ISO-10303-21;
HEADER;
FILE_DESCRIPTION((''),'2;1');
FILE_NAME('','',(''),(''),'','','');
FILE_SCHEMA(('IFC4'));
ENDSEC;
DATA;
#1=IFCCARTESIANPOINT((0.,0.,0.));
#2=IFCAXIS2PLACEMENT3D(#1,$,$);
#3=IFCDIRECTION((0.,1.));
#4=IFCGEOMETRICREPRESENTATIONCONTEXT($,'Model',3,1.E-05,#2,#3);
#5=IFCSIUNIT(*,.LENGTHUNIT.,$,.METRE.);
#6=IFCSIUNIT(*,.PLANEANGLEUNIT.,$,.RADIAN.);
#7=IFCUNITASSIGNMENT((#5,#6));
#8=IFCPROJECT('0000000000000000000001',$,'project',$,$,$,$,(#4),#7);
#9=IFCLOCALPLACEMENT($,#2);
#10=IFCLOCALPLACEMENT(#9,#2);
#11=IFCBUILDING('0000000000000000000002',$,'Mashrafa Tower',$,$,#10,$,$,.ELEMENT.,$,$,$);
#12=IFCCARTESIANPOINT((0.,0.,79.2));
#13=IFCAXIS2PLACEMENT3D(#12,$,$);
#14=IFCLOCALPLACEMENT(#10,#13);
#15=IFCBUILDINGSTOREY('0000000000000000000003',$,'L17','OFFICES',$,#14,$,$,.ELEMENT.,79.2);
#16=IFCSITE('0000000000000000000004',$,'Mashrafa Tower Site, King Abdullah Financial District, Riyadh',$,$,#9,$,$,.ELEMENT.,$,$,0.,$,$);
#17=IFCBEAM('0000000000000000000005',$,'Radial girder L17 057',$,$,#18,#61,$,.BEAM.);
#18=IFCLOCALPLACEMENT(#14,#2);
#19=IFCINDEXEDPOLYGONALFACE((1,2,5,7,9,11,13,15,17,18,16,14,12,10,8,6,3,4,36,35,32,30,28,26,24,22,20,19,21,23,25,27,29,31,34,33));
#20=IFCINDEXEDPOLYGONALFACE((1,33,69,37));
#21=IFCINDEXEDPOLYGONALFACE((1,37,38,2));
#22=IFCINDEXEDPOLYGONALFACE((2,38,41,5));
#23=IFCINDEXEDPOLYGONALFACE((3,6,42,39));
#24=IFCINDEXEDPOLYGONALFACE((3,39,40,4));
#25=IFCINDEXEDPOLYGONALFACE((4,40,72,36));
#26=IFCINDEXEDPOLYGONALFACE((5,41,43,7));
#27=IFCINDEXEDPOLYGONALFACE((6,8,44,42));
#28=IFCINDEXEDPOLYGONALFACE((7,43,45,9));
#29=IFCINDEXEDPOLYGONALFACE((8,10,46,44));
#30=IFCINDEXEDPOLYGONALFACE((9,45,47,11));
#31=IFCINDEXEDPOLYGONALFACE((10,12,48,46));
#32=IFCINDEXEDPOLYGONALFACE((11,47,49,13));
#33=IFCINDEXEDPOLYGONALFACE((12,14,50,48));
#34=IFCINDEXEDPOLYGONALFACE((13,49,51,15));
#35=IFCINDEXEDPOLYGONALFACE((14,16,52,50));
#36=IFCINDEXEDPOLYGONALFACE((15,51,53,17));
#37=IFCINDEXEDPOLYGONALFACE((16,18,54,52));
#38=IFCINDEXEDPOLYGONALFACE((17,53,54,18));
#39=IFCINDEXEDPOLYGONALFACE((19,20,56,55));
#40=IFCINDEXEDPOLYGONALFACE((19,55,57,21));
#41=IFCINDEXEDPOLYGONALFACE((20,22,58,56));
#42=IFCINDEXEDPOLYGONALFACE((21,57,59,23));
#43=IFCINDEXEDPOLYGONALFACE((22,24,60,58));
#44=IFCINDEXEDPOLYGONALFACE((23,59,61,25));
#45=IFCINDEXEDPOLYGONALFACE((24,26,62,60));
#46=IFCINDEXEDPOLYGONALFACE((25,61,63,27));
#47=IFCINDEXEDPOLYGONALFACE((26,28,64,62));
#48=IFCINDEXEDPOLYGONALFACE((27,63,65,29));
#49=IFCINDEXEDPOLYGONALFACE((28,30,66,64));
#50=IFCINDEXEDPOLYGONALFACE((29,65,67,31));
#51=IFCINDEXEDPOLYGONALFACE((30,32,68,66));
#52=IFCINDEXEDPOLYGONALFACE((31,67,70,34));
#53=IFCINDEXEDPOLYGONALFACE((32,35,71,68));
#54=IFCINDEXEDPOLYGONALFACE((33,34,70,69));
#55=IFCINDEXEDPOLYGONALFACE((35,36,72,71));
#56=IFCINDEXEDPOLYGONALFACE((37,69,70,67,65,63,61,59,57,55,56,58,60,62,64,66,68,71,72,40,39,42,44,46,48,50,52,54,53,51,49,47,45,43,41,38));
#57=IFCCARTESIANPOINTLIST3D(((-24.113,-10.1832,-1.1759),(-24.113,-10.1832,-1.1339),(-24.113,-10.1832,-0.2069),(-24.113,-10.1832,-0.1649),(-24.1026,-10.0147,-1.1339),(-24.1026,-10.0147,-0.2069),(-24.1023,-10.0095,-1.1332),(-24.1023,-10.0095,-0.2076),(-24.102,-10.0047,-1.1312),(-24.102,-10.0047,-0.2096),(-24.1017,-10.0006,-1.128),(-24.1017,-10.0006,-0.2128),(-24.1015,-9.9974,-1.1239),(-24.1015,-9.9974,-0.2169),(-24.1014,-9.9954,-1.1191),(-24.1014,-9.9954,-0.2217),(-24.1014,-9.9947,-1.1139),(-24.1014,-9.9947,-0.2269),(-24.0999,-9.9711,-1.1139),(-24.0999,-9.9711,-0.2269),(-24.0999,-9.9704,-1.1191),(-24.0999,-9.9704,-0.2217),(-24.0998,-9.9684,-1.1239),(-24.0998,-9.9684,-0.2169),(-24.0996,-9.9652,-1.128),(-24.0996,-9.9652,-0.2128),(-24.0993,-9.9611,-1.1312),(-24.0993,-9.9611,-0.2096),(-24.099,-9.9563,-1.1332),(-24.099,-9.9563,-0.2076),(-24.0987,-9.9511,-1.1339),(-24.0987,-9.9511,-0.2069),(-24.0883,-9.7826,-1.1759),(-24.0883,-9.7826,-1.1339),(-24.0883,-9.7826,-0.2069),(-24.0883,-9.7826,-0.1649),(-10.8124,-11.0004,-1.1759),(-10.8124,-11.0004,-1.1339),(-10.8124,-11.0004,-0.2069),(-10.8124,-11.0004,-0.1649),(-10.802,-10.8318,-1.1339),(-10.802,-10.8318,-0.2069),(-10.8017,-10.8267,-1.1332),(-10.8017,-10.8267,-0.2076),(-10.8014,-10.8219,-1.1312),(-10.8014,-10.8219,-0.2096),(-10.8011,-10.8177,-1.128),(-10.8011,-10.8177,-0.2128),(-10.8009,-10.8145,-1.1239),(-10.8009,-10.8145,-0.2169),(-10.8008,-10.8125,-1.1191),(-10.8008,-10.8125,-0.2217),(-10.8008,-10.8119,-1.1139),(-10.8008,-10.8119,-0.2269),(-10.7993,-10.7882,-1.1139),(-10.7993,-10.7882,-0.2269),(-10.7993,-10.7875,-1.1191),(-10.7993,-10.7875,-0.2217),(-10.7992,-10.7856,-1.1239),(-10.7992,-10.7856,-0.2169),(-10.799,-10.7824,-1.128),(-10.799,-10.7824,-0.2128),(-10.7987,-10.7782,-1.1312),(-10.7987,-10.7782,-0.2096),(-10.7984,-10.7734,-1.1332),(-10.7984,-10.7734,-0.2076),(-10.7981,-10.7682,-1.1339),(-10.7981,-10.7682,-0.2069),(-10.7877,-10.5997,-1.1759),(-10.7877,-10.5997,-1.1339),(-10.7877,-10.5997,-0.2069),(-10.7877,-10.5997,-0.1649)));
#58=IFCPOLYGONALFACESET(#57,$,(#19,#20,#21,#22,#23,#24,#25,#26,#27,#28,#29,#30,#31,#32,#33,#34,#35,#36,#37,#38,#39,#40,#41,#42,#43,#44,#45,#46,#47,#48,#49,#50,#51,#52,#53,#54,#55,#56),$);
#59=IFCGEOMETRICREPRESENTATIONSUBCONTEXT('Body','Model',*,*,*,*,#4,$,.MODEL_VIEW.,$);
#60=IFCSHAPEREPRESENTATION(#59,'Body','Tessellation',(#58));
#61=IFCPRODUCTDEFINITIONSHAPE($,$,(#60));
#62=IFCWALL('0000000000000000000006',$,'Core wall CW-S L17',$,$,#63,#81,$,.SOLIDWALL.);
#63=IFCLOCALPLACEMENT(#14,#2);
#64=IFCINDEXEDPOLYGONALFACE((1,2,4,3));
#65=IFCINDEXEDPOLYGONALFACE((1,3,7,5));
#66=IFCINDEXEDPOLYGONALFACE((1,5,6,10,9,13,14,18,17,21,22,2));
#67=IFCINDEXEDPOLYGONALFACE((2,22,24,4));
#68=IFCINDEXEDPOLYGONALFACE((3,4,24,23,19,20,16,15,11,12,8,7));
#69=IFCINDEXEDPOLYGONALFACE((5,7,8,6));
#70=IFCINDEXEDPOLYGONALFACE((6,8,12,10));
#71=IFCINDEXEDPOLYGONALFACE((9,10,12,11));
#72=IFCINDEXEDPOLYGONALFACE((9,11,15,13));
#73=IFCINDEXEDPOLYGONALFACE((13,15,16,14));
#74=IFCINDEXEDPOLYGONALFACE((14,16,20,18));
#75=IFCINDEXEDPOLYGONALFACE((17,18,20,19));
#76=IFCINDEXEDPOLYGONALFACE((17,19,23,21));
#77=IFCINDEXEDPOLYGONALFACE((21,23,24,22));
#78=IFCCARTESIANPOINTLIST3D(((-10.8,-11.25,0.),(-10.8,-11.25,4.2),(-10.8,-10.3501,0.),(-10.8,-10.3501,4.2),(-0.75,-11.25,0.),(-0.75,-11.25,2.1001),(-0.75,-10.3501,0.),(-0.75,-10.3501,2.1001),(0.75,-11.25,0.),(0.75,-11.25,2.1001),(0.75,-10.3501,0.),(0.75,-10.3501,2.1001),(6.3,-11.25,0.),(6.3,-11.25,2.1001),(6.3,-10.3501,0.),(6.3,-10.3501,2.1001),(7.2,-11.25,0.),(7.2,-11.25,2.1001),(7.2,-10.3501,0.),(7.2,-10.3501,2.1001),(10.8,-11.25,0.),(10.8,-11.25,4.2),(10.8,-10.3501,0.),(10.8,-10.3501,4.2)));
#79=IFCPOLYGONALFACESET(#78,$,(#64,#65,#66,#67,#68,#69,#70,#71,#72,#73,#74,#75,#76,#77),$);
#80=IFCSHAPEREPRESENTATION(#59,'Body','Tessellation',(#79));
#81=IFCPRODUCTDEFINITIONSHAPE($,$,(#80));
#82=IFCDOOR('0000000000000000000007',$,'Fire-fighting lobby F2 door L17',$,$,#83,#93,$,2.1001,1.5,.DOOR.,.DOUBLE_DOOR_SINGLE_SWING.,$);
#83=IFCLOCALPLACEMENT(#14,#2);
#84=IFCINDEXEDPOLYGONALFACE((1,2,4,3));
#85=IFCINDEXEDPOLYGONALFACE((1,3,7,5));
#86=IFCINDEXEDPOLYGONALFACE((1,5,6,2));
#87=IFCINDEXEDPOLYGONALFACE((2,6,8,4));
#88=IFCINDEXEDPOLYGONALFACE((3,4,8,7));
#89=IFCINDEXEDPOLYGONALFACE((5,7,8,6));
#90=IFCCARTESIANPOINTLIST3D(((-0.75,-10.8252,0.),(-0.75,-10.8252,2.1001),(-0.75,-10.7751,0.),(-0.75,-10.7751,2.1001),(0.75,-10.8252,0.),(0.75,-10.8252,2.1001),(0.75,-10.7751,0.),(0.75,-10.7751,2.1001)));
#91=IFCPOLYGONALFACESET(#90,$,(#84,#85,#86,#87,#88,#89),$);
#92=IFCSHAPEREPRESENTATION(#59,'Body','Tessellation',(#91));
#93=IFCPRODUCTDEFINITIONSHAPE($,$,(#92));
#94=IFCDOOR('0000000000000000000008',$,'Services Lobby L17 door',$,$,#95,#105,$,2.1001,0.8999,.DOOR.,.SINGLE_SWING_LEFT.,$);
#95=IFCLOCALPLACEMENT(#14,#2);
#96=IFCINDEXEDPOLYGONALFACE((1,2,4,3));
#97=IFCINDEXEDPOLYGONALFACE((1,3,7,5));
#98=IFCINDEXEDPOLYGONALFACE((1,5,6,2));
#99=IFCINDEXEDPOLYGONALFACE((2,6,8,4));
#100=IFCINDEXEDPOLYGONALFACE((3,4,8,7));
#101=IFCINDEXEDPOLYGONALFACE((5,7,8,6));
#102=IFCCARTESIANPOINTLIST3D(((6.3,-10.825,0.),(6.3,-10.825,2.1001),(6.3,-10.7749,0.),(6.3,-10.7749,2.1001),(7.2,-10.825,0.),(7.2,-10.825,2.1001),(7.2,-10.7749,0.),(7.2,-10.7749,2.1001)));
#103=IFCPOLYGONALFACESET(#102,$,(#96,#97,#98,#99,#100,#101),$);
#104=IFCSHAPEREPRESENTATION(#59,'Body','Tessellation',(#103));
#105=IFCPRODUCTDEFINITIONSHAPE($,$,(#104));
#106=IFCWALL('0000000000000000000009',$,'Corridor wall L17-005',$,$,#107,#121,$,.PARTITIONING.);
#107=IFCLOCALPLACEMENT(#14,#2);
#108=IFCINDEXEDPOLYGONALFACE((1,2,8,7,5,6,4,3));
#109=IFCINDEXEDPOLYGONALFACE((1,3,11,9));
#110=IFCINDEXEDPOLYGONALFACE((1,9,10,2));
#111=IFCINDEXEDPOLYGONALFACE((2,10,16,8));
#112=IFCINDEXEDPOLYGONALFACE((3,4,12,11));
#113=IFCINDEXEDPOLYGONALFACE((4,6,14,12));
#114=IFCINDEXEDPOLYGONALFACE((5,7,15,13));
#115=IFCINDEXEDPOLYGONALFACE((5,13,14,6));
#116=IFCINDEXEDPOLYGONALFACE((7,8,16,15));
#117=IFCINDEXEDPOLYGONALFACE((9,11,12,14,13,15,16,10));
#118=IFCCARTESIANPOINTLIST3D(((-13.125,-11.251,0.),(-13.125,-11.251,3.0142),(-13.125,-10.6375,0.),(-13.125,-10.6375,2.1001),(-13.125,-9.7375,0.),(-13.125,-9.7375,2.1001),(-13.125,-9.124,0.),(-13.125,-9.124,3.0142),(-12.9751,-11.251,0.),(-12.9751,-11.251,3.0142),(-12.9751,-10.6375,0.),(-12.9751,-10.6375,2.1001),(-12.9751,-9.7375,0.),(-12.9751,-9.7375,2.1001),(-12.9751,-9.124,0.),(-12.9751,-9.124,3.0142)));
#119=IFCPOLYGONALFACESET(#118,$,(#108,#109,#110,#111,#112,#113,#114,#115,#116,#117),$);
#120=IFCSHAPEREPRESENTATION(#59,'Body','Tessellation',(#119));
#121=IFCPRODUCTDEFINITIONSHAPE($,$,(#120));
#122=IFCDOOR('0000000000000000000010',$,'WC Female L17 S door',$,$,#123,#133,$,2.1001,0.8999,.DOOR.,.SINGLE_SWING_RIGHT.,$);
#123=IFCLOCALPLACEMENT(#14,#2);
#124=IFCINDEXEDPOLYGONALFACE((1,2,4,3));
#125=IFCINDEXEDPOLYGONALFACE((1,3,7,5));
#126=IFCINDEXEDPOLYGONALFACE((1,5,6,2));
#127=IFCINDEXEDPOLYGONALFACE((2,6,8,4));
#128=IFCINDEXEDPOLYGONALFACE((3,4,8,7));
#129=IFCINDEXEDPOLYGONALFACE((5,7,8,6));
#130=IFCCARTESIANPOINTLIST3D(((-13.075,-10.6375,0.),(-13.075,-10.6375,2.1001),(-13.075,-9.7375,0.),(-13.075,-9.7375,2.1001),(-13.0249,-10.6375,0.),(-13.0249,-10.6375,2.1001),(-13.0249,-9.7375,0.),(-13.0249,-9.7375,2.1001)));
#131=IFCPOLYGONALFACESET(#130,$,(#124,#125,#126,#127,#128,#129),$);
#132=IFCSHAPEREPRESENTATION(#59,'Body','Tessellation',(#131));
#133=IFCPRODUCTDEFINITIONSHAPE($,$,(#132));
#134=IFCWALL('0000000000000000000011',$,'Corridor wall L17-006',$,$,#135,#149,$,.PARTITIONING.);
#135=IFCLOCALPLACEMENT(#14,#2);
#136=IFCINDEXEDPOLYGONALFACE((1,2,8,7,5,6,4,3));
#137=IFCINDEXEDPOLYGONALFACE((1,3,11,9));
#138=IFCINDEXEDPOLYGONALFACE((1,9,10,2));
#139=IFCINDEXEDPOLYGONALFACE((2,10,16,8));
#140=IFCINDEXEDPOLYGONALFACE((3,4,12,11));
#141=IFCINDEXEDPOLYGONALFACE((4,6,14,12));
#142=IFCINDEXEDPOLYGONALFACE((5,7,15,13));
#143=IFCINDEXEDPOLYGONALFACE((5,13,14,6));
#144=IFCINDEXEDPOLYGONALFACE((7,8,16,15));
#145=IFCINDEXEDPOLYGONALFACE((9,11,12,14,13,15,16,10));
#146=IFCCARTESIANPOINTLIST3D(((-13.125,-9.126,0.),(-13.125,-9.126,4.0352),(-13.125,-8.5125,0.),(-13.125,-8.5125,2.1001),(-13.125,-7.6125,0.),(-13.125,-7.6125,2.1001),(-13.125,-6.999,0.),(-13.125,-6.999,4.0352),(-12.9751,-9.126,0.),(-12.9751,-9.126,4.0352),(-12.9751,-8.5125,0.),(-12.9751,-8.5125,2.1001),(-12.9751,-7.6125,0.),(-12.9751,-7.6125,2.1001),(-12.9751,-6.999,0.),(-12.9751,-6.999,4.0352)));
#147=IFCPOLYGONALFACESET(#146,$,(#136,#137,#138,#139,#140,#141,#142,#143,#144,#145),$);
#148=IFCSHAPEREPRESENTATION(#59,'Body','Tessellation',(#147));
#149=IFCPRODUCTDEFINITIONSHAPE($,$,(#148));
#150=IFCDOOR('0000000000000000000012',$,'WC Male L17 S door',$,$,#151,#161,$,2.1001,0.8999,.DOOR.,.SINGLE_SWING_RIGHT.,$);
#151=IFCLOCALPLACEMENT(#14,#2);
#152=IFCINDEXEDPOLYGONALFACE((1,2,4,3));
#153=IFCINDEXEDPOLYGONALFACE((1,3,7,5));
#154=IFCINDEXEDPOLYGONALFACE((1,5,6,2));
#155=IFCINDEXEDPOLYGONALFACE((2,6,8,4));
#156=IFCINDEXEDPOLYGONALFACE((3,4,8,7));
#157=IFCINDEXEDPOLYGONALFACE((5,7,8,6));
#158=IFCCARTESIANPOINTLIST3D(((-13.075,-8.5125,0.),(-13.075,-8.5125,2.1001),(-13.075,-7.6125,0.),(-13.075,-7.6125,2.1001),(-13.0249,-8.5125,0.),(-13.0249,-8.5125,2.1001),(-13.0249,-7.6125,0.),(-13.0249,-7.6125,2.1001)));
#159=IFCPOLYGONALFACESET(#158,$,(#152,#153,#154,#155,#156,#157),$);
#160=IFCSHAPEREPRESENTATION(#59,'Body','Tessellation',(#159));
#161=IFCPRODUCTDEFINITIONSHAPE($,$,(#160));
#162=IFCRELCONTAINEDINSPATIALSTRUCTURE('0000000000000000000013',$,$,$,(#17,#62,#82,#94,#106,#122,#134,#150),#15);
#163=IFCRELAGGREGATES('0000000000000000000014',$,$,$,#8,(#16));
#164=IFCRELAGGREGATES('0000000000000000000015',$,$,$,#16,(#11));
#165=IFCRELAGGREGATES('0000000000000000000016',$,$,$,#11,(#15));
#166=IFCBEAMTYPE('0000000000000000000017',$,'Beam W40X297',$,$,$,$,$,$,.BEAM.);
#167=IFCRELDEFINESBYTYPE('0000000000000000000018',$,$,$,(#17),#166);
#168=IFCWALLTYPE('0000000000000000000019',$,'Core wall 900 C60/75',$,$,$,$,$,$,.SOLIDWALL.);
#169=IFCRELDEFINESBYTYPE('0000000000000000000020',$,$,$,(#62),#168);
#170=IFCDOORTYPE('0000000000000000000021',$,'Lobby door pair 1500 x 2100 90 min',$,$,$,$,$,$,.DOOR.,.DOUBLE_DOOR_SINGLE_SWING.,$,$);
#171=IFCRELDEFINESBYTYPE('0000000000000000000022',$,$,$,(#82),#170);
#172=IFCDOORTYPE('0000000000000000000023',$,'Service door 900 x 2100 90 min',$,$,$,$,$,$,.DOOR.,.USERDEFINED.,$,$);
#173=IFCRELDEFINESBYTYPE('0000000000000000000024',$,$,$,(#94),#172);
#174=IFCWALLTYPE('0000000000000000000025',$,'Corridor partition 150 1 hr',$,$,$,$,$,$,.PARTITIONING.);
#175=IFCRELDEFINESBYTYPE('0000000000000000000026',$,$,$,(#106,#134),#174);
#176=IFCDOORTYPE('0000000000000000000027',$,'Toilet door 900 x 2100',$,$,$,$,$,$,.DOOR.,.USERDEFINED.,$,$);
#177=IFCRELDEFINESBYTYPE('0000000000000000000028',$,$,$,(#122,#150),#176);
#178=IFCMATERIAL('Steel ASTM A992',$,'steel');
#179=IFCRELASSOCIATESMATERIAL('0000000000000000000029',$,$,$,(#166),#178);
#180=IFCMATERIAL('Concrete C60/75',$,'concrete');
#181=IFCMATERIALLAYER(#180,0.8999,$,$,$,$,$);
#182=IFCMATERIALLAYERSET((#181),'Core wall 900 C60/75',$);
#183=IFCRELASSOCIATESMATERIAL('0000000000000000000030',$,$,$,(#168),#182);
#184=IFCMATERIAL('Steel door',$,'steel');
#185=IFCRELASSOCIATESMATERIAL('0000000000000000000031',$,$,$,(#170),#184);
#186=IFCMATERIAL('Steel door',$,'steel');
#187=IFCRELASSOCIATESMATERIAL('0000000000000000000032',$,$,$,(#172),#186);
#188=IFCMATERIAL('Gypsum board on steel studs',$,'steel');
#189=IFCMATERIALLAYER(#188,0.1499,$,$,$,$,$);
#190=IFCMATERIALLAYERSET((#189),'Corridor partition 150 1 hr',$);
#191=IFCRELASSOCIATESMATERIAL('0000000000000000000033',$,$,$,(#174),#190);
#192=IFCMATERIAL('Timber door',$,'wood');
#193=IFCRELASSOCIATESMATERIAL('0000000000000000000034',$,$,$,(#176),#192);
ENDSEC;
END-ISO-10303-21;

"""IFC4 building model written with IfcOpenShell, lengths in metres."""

from ifc_helpers import new_model, si_unit, direction, frame, frame_2d, origin, origin_2d, place, context, subcontext, project, spatial, rectangle, i_section, extrude, material, layer, layer_set, material_profile, profile_set, type_object, element, fill, save


model = new_model("IFC4")

# Units and contexts
model_context = context("Model", 3, precision=1e-05, world=origin(), true_north=direction((0.0, 1.0)))
body_context = subcontext(model_context, "Body", "Model", "MODEL_VIEW")
ifc_project = project(units=[si_unit("LENGTHUNIT", "METRE"), si_unit("PLANEANGLEUNIT", "RADIAN")], contexts=[model_context])

# Site, building, storey
site_placement = place(None, origin())
site = spatial("IfcSite", under=ifc_project, at=site_placement, Name="Mashrafa Tower Site, King Abdullah Financial District, Riyadh", CompositionType="ELEMENT", RefElevation=0.0)
building_placement = place(site_placement, origin())
building = spatial("IfcBuilding", under=site, at=building_placement, Name="Mashrafa Tower", CompositionType="ELEMENT")
storey_placement = place(building_placement, frame((0.0, 0.0, 79.2)))
storey = spatial("IfcBuildingStorey", under=building, at=storey_placement, Name="L17", Description="OFFICES", CompositionType="ELEMENT", Elevation=79.2)

# Beam
ifc_material_1 = material(Name="Steel ASTM A992", Category="steel")
ifc_material_profile_1 = material_profile(ifc_material_1, i_section(OverallWidth=0.4014, OverallDepth=1.011, WebThickness=0.0237, FlangeThickness=0.042, FilletRadius=0.02, at=origin_2d()), Name="W40X297")
ifc_profile_set_1 = profile_set([ifc_material_profile_1], Name="Steel ASTM A992")
beam_type_1 = type_object("IfcBeamType", Name="Beam W40X297", PredefinedType="BEAM", material=ifc_profile_set_1)
beam_1_placement = place(storey_placement, frame((-10.8, -10.8, -0.6704), z_axis=(-0.998118, 0.061321, 0.0), x_axis=(-0.061321, -0.998118, 0.0)))
element("IfcBeam", 1, at=beam_1_placement, inside=storey, type_object=beam_type_1, Name="Radial girder L17 057", PredefinedType="BEAM", context=body_context, shape_type="SweptSolid", body=[
    extrude(i_section(OverallWidth=0.4014, OverallDepth=1.011, WebThickness=0.0237, FlangeThickness=0.042, FilletRadius=0.02, at=origin_2d()), origin(), (0.0, 0.0, 1.0), 13.3257),
])

# Wall, openings, doors
ifc_material_2 = material(Name="Concrete C60/75", Category="concrete")
ifc_layer_1 = layer(ifc_material_2, 0.8999)
ifc_layer_set_1 = layer_set([ifc_layer_1], Name="Core wall 900 C60/75")
wall_type_1 = type_object("IfcWallType", Name="Core wall 900 C60/75", PredefinedType="SOLIDWALL", material=ifc_layer_set_1)
wall_1_placement = place(storey_placement, frame((-10.8, -10.8, 0.0), z_axis=(0.0, 0.0, 1.0), x_axis=(1.0, 0.0, 0.0)))
wall_1 = element("IfcWall", 2, at=wall_1_placement, inside=storey, type_object=wall_type_1, Name="Core wall CW-S L17", PredefinedType="SOLIDWALL", context=body_context, shape_type="SweptSolid", body=[
    extrude(rectangle(XDim=21.6001, YDim=0.8999, at=frame_2d((10.8, 0.0))), origin(), (0.0, 0.0, 1.0), 4.2),
])
opening_1_placement = place(wall_1_placement, frame((10.05, 0.0, 0.0)))
opening_1 = element("IfcOpeningElement", 3, at=opening_1_placement, cuts=wall_1, PredefinedType="OPENING", context=body_context, shape_type="SweptSolid", body=[
    extrude(rectangle(XDim=1.5, YDim=2.1001, at=frame_2d((0.75, 1.05))), frame((0.0, 0.46, 0.0), z_axis=(0.0, -1.0, 0.0), x_axis=(1.0, 0.0, 0.0)), (0.0, 0.0, 1.0), 0.9199),
])
opening_2_placement = place(wall_1_placement, frame((17.1001, 0.0, 0.0)))
opening_2 = element("IfcOpeningElement", 4, at=opening_2_placement, cuts=wall_1, PredefinedType="OPENING", context=body_context, shape_type="SweptSolid", body=[
    extrude(rectangle(XDim=0.8999, YDim=2.1001, at=frame_2d((0.45, 1.05))), frame((0.0, 0.46, 0.0), z_axis=(0.0, -1.0, 0.0), x_axis=(1.0, 0.0, 0.0)), (0.0, 0.0, 1.0), 0.9199),
])
ifc_material_3 = material(Name="Steel door", Category="steel")
door_type_1 = type_object("IfcDoorType", Name="Lobby door pair 1500 x 2100 90 min", OperationType="DOUBLE_DOOR_SINGLE_SWING", PredefinedType="DOOR", material=ifc_material_3)
door_1_placement = place(opening_1_placement, origin())
door_1 = element("IfcDoor", 5, at=door_1_placement, inside=storey, type_object=door_type_1, Name="Fire-fighting lobby F2 door L17", OperationType="DOUBLE_DOOR_SINGLE_SWING", OverallHeight=2.1001, OverallWidth=1.5, PredefinedType="DOOR", context=body_context, shape_type="SweptSolid", body=[
    extrude(rectangle(XDim=1.5, YDim=2.1001, at=frame_2d((0.75, 1.05))), frame((0.0, 0.0249, 0.0), z_axis=(0.0, -1.0, 0.0), x_axis=(1.0, 0.0, 0.0)), (0.0, 0.0, 1.0), 0.05),
])
fill(opening_1, door_1)
ifc_material_4 = material(Name="Steel door", Category="steel")
door_type_2 = type_object("IfcDoorType", Name="Service door 900 x 2100 90 min", OperationType="USERDEFINED", PredefinedType="DOOR", material=ifc_material_4)
door_2_placement = place(opening_2_placement, frame((0.8999, 0.0, 0.0), z_axis=(0.0, 0.0, 1.0), x_axis=(-1.0, 0.0, 0.0)))
door_2 = element("IfcDoor", 6, at=door_2_placement, inside=storey, type_object=door_type_2, Name="Services Lobby L17 door", OperationType="SINGLE_SWING_LEFT", OverallHeight=2.1001, OverallWidth=0.8999, PredefinedType="DOOR", context=body_context, shape_type="SweptSolid", body=[
    extrude(rectangle(XDim=0.8999, YDim=2.1001, at=frame_2d((0.45, 1.05))), frame((0.0, 0.0249, 0.0), z_axis=(0.0, -1.0, 0.0), x_axis=(1.0, 0.0, 0.0)), (0.0, 0.0, 1.0), 0.05),
])
fill(opening_2, door_2)

# Walls, openings, doors
ifc_material_5 = material(Name="Gypsum board on steel studs", Category="steel")
ifc_layer_2 = layer(ifc_material_5, 0.1499)
ifc_layer_set_2 = layer_set([ifc_layer_2], Name="Corridor partition 150 1 hr")
wall_type_2 = type_object("IfcWallType", Name="Corridor partition 150 1 hr", PredefinedType="PARTITIONING", material=ifc_layer_set_2)
wall_2_placement = place(storey_placement, frame((-13.05, -9.124, 0.0), z_axis=(0.0, 0.0, 1.0), x_axis=(0.0, -1.0, 0.0)))
wall_2 = element("IfcWall", 7, at=wall_2_placement, inside=storey, type_object=wall_type_2, Name="Corridor wall L17-005", PredefinedType="PARTITIONING", context=body_context, shape_type="SweptSolid", body=[
    extrude(rectangle(XDim=2.127, YDim=0.1499, at=frame_2d((1.0635, 0.0))), origin(), (0.0, 0.0, 1.0), 3.0142),
])
opening_3_placement = place(wall_2_placement, frame((0.6135, 0.0, 0.0)))
opening_3 = element("IfcOpeningElement", 8, at=opening_3_placement, cuts=wall_2, PredefinedType="OPENING", context=body_context, shape_type="SweptSolid", body=[
    extrude(rectangle(XDim=0.8999, YDim=2.1001, at=frame_2d((0.45, 1.05))), frame((0.0, 0.085, 0.0), z_axis=(0.0, -1.0, 0.0), x_axis=(1.0, 0.0, 0.0)), (0.0, 0.0, 1.0), 0.1699),
])
ifc_material_6 = material(Name="Timber door", Category="wood")
door_type_3 = type_object("IfcDoorType", Name="Toilet door 900 x 2100", OperationType="USERDEFINED", PredefinedType="DOOR", material=ifc_material_6)
door_3_placement = place(opening_3_placement, frame((0.8999, 0.0, 0.0), z_axis=(0.0, 0.0, 1.0), x_axis=(-1.0, 0.0, 0.0)))
door_3 = element("IfcDoor", 9, at=door_3_placement, inside=storey, type_object=door_type_3, Name="WC Female L17 S door", OperationType="SINGLE_SWING_RIGHT", OverallHeight=2.1001, OverallWidth=0.8999, PredefinedType="DOOR", context=body_context, shape_type="SweptSolid", body=[
    extrude(rectangle(XDim=0.8999, YDim=2.1001, at=frame_2d((0.45, 1.05))), frame((0.0, 0.0249, 0.0), z_axis=(0.0, -1.0, 0.0), x_axis=(1.0, 0.0, 0.0)), (0.0, 0.0, 1.0), 0.05),
])
fill(opening_3, door_3)
wall_3_placement = place(storey_placement, frame((-13.05, -6.999, 0.0), z_axis=(0.0, 0.0, 1.0), x_axis=(0.0, -1.0, 0.0)))
wall_3 = element("IfcWall", 10, at=wall_3_placement, inside=storey, type_object=wall_type_2, Name="Corridor wall L17-006", PredefinedType="PARTITIONING", context=body_context, shape_type="SweptSolid", body=[
    extrude(rectangle(XDim=2.127, YDim=0.1499, at=frame_2d((1.0635, 0.0))), origin(), (0.0, 0.0, 1.0), 4.0352),
])
opening_4_placement = place(wall_3_placement, frame((0.6135, 0.0, 0.0)))
opening_4 = element("IfcOpeningElement", 11, at=opening_4_placement, cuts=wall_3, PredefinedType="OPENING", context=body_context, shape_type="SweptSolid", body=[
    extrude(rectangle(XDim=0.8999, YDim=2.1001, at=frame_2d((0.45, 1.05))), frame((0.0, 0.085, 0.0), z_axis=(0.0, -1.0, 0.0), x_axis=(1.0, 0.0, 0.0)), (0.0, 0.0, 1.0), 0.1699),
])
door_4_placement = place(opening_4_placement, frame((0.8999, 0.0, 0.0), z_axis=(0.0, 0.0, 1.0), x_axis=(-1.0, 0.0, 0.0)))
door_4 = element("IfcDoor", 12, at=door_4_placement, inside=storey, type_object=door_type_3, Name="WC Male L17 S door", OperationType="SINGLE_SWING_RIGHT", OverallHeight=2.1001, OverallWidth=0.8999, PredefinedType="DOOR", context=body_context, shape_type="SweptSolid", body=[
    extrude(rectangle(XDim=0.8999, YDim=2.1001, at=frame_2d((0.45, 1.05))), frame((0.0, 0.0249, 0.0), z_axis=(0.0, -1.0, 0.0), x_axis=(1.0, 0.0, 0.0)), (0.0, 0.0, 1.0), 0.05),
])
fill(opening_4, door_4)

save(model, "model.ifc")
